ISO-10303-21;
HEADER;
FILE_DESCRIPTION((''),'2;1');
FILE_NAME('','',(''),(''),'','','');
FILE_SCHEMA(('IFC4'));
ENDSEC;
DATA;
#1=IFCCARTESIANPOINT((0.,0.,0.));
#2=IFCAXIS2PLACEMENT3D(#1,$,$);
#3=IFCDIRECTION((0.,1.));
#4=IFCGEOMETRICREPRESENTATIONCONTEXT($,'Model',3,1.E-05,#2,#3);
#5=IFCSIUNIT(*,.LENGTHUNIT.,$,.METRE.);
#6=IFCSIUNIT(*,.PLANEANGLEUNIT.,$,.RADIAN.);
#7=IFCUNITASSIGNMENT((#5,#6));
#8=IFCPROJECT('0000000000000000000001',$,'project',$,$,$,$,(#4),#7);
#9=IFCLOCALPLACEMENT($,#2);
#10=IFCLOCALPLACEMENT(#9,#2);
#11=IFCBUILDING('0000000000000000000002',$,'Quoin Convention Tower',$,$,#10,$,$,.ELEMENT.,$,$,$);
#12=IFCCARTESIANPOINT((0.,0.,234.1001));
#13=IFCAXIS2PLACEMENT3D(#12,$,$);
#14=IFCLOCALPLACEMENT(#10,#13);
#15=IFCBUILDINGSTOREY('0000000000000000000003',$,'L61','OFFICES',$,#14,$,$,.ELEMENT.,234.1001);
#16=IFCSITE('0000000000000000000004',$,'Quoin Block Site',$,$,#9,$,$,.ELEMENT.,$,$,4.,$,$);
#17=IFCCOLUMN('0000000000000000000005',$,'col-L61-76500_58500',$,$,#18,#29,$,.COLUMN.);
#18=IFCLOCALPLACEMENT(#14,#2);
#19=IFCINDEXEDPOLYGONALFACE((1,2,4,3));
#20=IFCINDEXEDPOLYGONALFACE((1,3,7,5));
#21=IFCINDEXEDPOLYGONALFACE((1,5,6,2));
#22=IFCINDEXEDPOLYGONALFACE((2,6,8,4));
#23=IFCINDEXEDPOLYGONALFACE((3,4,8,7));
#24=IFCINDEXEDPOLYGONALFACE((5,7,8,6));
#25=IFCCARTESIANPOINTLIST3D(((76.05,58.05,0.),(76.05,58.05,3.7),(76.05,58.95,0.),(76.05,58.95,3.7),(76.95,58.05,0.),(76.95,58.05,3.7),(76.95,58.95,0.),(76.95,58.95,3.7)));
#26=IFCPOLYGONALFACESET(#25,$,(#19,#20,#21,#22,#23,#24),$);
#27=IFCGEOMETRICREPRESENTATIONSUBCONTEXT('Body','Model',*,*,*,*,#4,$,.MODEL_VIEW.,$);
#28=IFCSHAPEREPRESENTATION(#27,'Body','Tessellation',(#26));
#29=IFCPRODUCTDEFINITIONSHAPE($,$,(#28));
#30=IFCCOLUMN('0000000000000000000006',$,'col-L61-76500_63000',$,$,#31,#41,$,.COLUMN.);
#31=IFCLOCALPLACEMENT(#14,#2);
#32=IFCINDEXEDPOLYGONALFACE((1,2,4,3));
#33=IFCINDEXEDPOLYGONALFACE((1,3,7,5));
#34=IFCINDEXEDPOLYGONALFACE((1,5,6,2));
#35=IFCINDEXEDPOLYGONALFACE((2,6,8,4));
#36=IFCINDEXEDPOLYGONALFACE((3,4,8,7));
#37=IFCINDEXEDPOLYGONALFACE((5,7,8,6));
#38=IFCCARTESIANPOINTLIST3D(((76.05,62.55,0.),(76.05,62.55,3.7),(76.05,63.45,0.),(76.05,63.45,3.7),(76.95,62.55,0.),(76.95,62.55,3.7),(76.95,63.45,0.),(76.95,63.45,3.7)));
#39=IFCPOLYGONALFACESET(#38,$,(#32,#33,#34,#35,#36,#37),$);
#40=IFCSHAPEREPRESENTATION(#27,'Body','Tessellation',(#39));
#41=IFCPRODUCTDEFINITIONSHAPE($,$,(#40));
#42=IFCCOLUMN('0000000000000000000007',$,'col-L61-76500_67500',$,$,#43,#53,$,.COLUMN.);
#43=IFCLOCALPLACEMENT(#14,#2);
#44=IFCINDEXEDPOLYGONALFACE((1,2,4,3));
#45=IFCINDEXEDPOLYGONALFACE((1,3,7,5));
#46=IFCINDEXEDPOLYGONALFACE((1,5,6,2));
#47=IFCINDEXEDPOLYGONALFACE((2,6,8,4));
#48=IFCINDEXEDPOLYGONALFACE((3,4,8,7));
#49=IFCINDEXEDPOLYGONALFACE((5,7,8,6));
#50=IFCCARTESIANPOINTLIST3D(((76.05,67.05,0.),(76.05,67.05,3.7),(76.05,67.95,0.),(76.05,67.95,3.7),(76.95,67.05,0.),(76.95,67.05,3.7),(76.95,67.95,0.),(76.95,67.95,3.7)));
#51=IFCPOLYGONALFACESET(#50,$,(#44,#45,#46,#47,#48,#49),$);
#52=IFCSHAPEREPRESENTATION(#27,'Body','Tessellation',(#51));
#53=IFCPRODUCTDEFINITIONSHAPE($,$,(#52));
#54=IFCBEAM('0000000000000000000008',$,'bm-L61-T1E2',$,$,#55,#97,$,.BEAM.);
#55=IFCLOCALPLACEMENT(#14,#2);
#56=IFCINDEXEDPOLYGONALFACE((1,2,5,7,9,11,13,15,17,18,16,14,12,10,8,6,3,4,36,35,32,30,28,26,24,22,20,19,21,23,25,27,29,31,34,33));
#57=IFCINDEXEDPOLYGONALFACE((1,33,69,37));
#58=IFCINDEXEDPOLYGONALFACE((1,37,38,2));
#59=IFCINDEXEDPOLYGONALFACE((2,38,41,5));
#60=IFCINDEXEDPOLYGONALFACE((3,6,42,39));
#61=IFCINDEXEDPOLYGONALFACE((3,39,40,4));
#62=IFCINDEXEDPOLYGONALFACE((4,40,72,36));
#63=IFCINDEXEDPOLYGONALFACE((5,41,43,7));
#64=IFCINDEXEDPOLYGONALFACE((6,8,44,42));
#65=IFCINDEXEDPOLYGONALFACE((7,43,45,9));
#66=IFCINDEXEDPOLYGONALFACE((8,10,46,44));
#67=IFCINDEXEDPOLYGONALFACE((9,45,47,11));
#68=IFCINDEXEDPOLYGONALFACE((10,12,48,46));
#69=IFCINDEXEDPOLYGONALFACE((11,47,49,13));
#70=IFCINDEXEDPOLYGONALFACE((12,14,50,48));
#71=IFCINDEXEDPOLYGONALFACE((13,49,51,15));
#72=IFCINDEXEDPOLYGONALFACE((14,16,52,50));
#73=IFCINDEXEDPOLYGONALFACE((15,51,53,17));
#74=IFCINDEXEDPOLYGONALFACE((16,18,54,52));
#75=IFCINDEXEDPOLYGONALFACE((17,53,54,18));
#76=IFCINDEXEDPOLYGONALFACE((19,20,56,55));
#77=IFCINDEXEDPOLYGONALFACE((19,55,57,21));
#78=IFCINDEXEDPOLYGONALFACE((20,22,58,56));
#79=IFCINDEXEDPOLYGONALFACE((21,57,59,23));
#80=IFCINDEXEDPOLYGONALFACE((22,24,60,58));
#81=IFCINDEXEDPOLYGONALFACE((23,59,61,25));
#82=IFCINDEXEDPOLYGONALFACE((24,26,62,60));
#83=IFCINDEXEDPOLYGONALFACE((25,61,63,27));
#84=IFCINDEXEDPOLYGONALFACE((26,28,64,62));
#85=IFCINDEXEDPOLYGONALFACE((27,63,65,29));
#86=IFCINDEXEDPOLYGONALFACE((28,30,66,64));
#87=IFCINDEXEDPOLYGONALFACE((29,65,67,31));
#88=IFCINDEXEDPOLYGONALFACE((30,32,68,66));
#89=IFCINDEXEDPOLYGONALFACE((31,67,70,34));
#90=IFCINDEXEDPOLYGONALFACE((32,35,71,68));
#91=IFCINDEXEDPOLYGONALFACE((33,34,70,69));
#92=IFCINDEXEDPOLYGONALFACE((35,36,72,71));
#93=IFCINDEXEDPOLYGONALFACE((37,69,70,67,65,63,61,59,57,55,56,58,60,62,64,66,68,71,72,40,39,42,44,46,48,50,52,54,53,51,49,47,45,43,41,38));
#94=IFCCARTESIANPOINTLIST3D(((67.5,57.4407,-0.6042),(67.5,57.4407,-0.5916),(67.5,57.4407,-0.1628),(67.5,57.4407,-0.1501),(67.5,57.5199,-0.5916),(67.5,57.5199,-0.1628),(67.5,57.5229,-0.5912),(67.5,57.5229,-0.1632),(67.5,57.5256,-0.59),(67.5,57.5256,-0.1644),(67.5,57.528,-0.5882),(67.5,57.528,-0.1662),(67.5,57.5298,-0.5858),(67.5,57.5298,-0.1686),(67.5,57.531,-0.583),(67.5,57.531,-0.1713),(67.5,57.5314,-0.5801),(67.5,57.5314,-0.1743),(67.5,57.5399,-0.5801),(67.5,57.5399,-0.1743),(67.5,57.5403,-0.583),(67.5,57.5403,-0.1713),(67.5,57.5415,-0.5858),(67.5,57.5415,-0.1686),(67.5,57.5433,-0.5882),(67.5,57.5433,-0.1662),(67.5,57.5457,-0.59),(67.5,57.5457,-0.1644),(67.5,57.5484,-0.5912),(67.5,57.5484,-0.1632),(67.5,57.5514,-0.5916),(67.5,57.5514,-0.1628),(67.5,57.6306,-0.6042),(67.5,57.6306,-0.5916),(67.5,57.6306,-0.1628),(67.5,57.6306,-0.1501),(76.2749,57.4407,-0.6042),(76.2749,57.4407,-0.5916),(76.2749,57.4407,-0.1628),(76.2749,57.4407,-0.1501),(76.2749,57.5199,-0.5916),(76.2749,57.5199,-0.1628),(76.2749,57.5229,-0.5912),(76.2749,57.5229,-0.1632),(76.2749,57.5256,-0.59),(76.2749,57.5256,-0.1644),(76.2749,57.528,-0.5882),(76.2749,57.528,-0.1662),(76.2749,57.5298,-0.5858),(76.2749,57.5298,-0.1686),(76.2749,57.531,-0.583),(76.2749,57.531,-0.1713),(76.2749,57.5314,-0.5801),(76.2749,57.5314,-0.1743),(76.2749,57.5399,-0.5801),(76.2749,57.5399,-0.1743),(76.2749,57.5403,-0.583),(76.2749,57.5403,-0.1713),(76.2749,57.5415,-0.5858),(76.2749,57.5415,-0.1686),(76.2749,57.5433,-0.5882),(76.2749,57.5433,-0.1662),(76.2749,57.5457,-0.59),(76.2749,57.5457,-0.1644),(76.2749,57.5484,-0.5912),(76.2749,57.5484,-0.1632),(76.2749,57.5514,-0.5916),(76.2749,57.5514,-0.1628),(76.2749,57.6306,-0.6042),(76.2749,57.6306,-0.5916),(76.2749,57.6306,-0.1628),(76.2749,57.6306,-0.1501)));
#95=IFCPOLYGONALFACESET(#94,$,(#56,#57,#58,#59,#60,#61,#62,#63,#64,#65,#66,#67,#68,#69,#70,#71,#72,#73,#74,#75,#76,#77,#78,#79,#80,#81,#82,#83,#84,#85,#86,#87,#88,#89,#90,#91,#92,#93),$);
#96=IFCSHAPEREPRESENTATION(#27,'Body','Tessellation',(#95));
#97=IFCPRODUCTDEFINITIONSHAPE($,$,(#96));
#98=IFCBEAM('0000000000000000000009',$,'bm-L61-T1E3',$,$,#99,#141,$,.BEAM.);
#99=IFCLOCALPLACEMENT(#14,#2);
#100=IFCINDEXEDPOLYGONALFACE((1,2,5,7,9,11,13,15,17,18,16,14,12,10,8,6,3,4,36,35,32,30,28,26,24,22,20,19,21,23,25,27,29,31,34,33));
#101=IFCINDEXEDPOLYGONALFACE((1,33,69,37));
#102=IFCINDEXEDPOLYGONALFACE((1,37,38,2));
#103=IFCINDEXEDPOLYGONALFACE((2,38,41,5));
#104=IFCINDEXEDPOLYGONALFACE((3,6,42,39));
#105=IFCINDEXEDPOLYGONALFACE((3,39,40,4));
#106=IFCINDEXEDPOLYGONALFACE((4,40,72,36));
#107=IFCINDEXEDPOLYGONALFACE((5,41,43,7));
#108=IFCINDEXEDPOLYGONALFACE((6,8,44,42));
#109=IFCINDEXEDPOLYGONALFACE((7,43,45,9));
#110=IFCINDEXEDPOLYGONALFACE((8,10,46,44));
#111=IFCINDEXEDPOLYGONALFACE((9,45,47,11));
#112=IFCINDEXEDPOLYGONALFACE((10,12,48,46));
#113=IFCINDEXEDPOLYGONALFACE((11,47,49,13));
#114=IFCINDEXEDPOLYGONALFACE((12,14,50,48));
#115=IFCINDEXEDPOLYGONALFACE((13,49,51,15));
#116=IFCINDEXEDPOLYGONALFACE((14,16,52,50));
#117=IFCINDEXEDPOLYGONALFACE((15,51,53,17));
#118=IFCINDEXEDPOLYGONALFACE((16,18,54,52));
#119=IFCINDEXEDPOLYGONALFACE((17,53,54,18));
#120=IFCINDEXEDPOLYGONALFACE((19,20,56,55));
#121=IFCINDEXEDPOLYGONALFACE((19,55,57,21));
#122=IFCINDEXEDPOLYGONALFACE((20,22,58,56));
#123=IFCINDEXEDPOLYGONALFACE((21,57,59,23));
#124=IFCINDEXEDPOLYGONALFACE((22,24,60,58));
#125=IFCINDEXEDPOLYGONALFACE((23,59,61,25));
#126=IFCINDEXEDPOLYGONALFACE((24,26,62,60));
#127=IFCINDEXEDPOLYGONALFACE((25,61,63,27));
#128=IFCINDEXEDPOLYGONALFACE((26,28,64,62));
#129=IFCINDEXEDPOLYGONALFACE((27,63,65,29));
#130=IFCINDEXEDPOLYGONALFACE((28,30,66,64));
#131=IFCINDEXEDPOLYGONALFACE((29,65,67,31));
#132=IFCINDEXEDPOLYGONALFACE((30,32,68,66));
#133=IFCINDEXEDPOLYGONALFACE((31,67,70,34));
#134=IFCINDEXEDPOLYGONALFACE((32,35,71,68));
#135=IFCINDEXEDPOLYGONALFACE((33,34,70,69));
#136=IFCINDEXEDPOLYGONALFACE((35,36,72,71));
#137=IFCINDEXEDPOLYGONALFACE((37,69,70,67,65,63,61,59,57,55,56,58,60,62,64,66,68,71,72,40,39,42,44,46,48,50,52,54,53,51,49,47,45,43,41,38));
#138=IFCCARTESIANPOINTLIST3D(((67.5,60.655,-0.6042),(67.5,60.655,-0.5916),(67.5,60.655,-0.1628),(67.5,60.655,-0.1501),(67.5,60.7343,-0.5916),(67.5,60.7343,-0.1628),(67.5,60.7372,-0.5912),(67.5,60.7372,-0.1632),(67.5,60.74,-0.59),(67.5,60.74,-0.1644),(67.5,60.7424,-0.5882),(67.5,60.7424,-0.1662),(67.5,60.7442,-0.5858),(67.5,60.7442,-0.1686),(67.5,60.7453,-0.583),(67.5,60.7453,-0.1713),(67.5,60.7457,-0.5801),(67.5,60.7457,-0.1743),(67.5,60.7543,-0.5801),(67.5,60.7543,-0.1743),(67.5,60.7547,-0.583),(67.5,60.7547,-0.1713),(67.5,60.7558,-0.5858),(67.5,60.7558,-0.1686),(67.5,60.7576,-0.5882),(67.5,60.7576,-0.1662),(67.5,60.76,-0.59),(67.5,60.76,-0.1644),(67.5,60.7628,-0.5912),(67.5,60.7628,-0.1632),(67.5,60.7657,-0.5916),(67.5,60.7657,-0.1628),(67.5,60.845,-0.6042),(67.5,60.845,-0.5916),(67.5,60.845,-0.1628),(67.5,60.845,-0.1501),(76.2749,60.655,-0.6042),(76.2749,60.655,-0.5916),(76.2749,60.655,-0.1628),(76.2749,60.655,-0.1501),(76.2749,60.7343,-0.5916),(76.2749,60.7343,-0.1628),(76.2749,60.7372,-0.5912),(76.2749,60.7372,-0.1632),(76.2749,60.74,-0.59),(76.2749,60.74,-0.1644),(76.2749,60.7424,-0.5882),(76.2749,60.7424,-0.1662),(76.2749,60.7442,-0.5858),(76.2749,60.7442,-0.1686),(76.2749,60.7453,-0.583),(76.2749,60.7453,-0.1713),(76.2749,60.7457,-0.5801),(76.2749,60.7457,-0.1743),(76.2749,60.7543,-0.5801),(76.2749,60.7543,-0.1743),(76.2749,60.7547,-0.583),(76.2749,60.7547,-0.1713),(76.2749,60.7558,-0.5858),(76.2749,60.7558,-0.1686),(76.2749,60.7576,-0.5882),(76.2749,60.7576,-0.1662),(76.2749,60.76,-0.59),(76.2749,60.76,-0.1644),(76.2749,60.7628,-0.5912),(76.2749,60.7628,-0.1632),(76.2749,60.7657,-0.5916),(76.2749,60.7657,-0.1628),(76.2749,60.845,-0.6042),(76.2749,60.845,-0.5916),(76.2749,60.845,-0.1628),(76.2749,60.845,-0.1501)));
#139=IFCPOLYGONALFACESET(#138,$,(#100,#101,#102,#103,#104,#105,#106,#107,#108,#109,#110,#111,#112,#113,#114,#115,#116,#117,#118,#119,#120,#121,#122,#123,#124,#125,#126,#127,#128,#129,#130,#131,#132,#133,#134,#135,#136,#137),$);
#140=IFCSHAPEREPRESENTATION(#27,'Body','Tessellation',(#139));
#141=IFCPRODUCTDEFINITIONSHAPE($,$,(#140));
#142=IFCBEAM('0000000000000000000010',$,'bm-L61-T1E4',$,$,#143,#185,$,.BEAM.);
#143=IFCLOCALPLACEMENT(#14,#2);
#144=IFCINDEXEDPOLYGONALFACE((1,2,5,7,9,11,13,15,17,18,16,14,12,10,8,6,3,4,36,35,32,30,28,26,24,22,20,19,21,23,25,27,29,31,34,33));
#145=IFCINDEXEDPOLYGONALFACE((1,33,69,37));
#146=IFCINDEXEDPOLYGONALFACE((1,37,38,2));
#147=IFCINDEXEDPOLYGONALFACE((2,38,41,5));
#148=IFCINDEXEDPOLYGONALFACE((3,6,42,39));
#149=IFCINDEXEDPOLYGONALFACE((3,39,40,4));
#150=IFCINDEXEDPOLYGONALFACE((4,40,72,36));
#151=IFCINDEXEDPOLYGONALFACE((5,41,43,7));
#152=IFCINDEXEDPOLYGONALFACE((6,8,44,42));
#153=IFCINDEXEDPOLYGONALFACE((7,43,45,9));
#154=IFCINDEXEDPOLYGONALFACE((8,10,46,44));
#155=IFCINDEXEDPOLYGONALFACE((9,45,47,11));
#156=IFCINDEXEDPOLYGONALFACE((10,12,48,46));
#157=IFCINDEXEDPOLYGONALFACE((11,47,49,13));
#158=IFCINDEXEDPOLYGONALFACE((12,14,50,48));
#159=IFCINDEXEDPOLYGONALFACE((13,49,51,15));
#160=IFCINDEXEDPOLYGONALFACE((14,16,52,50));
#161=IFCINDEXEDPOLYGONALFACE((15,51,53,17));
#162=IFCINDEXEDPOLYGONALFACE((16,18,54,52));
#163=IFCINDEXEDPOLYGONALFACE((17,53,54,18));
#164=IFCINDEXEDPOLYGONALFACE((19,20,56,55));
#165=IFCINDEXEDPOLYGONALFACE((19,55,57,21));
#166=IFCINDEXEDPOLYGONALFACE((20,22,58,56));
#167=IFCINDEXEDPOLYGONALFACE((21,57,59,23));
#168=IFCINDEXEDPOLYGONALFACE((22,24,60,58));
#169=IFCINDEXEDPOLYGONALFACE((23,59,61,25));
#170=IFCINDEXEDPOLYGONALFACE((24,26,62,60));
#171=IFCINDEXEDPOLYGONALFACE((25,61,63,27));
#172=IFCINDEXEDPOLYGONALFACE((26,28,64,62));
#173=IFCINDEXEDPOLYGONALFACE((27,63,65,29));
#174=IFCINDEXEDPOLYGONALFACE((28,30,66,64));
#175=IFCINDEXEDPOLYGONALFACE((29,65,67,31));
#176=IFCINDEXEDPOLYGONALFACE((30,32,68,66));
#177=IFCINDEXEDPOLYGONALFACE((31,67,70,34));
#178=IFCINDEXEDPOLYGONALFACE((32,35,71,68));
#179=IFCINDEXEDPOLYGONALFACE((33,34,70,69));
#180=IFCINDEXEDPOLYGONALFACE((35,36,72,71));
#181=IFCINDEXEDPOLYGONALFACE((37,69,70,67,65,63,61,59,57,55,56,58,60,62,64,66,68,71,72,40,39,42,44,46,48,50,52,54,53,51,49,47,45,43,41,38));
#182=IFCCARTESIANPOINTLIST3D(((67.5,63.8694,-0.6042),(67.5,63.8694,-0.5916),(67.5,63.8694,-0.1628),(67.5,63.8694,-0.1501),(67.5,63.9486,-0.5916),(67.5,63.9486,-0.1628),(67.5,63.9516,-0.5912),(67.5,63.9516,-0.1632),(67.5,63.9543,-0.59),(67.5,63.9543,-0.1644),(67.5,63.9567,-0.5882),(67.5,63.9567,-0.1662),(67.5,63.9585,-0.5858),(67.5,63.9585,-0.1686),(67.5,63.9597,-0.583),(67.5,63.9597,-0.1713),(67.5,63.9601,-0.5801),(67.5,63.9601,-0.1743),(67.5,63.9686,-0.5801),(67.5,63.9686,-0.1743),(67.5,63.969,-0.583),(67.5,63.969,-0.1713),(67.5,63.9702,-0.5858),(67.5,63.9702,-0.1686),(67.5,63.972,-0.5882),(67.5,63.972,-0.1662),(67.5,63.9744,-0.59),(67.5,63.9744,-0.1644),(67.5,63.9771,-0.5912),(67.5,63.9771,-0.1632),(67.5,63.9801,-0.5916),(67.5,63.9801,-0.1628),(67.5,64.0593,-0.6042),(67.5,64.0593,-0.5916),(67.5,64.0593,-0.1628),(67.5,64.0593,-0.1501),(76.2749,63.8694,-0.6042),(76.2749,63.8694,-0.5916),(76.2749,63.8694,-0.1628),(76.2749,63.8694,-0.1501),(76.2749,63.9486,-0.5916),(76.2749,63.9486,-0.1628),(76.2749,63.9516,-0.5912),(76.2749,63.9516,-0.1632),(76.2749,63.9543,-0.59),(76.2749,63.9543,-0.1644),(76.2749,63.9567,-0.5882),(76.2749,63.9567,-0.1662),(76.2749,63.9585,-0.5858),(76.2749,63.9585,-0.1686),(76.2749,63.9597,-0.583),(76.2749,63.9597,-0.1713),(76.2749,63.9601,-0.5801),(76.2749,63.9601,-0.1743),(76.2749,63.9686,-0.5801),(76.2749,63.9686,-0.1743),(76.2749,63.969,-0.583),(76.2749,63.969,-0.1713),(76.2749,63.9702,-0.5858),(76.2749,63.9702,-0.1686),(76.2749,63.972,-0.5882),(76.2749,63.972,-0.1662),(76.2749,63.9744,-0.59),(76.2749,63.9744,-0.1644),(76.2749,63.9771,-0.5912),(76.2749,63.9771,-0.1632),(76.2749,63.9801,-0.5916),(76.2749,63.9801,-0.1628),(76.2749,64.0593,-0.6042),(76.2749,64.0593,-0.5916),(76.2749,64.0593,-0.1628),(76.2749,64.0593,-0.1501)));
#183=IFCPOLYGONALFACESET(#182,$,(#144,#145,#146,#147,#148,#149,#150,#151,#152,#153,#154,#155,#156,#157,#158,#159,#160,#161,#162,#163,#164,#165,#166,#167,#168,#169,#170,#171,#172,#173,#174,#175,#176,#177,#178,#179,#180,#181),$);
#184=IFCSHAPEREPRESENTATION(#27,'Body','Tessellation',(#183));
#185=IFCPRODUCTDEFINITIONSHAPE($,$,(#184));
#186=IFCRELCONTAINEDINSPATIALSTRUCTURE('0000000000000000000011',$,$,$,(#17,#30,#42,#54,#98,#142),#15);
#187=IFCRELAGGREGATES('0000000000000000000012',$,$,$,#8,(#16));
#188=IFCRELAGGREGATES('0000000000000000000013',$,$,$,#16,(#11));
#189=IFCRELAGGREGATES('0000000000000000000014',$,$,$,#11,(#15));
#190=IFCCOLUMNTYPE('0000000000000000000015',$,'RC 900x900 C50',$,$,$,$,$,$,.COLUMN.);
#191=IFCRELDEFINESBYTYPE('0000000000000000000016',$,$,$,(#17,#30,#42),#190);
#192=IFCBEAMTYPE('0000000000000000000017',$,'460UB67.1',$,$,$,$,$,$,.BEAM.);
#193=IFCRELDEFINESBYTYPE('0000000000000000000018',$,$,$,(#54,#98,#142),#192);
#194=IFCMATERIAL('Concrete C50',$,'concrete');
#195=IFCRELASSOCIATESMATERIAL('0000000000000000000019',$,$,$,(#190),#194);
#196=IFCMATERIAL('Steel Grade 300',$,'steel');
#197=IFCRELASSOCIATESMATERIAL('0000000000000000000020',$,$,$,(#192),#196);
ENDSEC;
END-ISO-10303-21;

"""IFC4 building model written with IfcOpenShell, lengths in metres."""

from ifc_helpers import new_model, si_unit, direction, frame, origin, origin_2d, place, context, subcontext, project, spatial, rectangle, i_section, extrude, material, material_profile, profile_set, type_object, element, save


model = new_model("IFC4")

# Units and contexts
model_context = context("Model", 3, precision=1e-05, world=origin(), true_north=direction((0.0, 1.0)))
body_context = subcontext(model_context, "Body", "Model", "MODEL_VIEW")
ifc_project = project(units=[si_unit("LENGTHUNIT", "METRE"), si_unit("PLANEANGLEUNIT", "RADIAN")], contexts=[model_context])

# Site, building, storey
site_placement = place(None, origin())
site = spatial("IfcSite", under=ifc_project, at=site_placement, Name="Quoin Block Site", CompositionType="ELEMENT", RefElevation=4.0)
building_placement = place(site_placement, origin())
building = spatial("IfcBuilding", under=site, at=building_placement, Name="Quoin Convention Tower", CompositionType="ELEMENT")
storey_placement = place(building_placement, frame((0.0, 0.0, 234.1001)))
storey = spatial("IfcBuildingStorey", under=building, at=storey_placement, Name="L61", Description="OFFICES", CompositionType="ELEMENT", Elevation=234.1001)

# Columns
ifc_material_1 = material(Name="Concrete C50", Category="concrete")
ifc_material_profile_1 = material_profile(ifc_material_1, rectangle(XDim=0.8999, YDim=0.8999, at=origin_2d()), Name="RC 900x900")
ifc_profile_set_1 = profile_set([ifc_material_profile_1], Name="Concrete C50")
column_type = type_object("IfcColumnType", Name="RC 900x900 C50", PredefinedType="COLUMN", material=ifc_profile_set_1)
for number, where, z_axis, x_axis, name in (
    (1, (76.5, 58.5, 0.0), (0.0, 0.0, 1.0), (1.0, 0.0, 0.0), "col-L61-76500_58500"),
    (2, (76.5, 63.0, 0.0), (0.0, 0.0, 1.0), (1.0, 0.0, 0.0), "col-L61-76500_63000"),
    (3, (76.5, 67.5, 0.0), (0.0, 0.0, 1.0), (1.0, 0.0, 0.0), "col-L61-76500_67500"),
):
    element("IfcColumn", number, at=place(storey_placement, frame(where, z_axis=z_axis, x_axis=x_axis)), inside=storey, type_object=column_type, Name=name, PredefinedType="COLUMN", context=body_context, shape_type="SweptSolid", body=[
        extrude(rectangle(XDim=0.8999, YDim=0.8999, at=origin_2d()), origin(), (0.0, 0.0, 1.0), 3.7),
    ])

# Beams
ifc_material_2 = material(Name="Steel Grade 300", Category="steel")
ifc_material_profile_2 = material_profile(ifc_material_2, i_section(OverallWidth=0.1899, OverallDepth=0.4541, WebThickness=0.0085, FlangeThickness=0.0127, FilletRadius=0.0115, at=origin_2d()), Name="460UB67.1")
ifc_profile_set_2 = profile_set([ifc_material_profile_2], Name="Steel Grade 300")
beam_type_1 = type_object("IfcBeamType", Name="460UB67.1", PredefinedType="BEAM", material=ifc_profile_set_2)
for number, where, z_axis, x_axis, name in (
    (4, (67.5, 57.5356, -0.3772), (1.0, 0.0, 0.0), (0.0, 1.0, 0.0), "bm-L61-T1E2"),
    (5, (67.5, 60.75, -0.3772), (1.0, 0.0, 0.0), (0.0, 1.0, 0.0), "bm-L61-T1E3"),
    (6, (67.5, 63.9644, -0.3772), (1.0, 0.0, 0.0), (0.0, 1.0, 0.0), "bm-L61-T1E4"),
):
    element("IfcBeam", number, at=place(storey_placement, frame(where, z_axis=z_axis, x_axis=x_axis)), inside=storey, type_object=beam_type_1, Name=name, PredefinedType="BEAM", context=body_context, shape_type="SweptSolid", body=[
        extrude(i_section(OverallWidth=0.1899, OverallDepth=0.4541, WebThickness=0.0085, FlangeThickness=0.0127, FilletRadius=0.0115, at=origin_2d()), origin(), (0.0, 0.0, 1.0), 8.7749),
    ])

save(model, "model.ifc")
